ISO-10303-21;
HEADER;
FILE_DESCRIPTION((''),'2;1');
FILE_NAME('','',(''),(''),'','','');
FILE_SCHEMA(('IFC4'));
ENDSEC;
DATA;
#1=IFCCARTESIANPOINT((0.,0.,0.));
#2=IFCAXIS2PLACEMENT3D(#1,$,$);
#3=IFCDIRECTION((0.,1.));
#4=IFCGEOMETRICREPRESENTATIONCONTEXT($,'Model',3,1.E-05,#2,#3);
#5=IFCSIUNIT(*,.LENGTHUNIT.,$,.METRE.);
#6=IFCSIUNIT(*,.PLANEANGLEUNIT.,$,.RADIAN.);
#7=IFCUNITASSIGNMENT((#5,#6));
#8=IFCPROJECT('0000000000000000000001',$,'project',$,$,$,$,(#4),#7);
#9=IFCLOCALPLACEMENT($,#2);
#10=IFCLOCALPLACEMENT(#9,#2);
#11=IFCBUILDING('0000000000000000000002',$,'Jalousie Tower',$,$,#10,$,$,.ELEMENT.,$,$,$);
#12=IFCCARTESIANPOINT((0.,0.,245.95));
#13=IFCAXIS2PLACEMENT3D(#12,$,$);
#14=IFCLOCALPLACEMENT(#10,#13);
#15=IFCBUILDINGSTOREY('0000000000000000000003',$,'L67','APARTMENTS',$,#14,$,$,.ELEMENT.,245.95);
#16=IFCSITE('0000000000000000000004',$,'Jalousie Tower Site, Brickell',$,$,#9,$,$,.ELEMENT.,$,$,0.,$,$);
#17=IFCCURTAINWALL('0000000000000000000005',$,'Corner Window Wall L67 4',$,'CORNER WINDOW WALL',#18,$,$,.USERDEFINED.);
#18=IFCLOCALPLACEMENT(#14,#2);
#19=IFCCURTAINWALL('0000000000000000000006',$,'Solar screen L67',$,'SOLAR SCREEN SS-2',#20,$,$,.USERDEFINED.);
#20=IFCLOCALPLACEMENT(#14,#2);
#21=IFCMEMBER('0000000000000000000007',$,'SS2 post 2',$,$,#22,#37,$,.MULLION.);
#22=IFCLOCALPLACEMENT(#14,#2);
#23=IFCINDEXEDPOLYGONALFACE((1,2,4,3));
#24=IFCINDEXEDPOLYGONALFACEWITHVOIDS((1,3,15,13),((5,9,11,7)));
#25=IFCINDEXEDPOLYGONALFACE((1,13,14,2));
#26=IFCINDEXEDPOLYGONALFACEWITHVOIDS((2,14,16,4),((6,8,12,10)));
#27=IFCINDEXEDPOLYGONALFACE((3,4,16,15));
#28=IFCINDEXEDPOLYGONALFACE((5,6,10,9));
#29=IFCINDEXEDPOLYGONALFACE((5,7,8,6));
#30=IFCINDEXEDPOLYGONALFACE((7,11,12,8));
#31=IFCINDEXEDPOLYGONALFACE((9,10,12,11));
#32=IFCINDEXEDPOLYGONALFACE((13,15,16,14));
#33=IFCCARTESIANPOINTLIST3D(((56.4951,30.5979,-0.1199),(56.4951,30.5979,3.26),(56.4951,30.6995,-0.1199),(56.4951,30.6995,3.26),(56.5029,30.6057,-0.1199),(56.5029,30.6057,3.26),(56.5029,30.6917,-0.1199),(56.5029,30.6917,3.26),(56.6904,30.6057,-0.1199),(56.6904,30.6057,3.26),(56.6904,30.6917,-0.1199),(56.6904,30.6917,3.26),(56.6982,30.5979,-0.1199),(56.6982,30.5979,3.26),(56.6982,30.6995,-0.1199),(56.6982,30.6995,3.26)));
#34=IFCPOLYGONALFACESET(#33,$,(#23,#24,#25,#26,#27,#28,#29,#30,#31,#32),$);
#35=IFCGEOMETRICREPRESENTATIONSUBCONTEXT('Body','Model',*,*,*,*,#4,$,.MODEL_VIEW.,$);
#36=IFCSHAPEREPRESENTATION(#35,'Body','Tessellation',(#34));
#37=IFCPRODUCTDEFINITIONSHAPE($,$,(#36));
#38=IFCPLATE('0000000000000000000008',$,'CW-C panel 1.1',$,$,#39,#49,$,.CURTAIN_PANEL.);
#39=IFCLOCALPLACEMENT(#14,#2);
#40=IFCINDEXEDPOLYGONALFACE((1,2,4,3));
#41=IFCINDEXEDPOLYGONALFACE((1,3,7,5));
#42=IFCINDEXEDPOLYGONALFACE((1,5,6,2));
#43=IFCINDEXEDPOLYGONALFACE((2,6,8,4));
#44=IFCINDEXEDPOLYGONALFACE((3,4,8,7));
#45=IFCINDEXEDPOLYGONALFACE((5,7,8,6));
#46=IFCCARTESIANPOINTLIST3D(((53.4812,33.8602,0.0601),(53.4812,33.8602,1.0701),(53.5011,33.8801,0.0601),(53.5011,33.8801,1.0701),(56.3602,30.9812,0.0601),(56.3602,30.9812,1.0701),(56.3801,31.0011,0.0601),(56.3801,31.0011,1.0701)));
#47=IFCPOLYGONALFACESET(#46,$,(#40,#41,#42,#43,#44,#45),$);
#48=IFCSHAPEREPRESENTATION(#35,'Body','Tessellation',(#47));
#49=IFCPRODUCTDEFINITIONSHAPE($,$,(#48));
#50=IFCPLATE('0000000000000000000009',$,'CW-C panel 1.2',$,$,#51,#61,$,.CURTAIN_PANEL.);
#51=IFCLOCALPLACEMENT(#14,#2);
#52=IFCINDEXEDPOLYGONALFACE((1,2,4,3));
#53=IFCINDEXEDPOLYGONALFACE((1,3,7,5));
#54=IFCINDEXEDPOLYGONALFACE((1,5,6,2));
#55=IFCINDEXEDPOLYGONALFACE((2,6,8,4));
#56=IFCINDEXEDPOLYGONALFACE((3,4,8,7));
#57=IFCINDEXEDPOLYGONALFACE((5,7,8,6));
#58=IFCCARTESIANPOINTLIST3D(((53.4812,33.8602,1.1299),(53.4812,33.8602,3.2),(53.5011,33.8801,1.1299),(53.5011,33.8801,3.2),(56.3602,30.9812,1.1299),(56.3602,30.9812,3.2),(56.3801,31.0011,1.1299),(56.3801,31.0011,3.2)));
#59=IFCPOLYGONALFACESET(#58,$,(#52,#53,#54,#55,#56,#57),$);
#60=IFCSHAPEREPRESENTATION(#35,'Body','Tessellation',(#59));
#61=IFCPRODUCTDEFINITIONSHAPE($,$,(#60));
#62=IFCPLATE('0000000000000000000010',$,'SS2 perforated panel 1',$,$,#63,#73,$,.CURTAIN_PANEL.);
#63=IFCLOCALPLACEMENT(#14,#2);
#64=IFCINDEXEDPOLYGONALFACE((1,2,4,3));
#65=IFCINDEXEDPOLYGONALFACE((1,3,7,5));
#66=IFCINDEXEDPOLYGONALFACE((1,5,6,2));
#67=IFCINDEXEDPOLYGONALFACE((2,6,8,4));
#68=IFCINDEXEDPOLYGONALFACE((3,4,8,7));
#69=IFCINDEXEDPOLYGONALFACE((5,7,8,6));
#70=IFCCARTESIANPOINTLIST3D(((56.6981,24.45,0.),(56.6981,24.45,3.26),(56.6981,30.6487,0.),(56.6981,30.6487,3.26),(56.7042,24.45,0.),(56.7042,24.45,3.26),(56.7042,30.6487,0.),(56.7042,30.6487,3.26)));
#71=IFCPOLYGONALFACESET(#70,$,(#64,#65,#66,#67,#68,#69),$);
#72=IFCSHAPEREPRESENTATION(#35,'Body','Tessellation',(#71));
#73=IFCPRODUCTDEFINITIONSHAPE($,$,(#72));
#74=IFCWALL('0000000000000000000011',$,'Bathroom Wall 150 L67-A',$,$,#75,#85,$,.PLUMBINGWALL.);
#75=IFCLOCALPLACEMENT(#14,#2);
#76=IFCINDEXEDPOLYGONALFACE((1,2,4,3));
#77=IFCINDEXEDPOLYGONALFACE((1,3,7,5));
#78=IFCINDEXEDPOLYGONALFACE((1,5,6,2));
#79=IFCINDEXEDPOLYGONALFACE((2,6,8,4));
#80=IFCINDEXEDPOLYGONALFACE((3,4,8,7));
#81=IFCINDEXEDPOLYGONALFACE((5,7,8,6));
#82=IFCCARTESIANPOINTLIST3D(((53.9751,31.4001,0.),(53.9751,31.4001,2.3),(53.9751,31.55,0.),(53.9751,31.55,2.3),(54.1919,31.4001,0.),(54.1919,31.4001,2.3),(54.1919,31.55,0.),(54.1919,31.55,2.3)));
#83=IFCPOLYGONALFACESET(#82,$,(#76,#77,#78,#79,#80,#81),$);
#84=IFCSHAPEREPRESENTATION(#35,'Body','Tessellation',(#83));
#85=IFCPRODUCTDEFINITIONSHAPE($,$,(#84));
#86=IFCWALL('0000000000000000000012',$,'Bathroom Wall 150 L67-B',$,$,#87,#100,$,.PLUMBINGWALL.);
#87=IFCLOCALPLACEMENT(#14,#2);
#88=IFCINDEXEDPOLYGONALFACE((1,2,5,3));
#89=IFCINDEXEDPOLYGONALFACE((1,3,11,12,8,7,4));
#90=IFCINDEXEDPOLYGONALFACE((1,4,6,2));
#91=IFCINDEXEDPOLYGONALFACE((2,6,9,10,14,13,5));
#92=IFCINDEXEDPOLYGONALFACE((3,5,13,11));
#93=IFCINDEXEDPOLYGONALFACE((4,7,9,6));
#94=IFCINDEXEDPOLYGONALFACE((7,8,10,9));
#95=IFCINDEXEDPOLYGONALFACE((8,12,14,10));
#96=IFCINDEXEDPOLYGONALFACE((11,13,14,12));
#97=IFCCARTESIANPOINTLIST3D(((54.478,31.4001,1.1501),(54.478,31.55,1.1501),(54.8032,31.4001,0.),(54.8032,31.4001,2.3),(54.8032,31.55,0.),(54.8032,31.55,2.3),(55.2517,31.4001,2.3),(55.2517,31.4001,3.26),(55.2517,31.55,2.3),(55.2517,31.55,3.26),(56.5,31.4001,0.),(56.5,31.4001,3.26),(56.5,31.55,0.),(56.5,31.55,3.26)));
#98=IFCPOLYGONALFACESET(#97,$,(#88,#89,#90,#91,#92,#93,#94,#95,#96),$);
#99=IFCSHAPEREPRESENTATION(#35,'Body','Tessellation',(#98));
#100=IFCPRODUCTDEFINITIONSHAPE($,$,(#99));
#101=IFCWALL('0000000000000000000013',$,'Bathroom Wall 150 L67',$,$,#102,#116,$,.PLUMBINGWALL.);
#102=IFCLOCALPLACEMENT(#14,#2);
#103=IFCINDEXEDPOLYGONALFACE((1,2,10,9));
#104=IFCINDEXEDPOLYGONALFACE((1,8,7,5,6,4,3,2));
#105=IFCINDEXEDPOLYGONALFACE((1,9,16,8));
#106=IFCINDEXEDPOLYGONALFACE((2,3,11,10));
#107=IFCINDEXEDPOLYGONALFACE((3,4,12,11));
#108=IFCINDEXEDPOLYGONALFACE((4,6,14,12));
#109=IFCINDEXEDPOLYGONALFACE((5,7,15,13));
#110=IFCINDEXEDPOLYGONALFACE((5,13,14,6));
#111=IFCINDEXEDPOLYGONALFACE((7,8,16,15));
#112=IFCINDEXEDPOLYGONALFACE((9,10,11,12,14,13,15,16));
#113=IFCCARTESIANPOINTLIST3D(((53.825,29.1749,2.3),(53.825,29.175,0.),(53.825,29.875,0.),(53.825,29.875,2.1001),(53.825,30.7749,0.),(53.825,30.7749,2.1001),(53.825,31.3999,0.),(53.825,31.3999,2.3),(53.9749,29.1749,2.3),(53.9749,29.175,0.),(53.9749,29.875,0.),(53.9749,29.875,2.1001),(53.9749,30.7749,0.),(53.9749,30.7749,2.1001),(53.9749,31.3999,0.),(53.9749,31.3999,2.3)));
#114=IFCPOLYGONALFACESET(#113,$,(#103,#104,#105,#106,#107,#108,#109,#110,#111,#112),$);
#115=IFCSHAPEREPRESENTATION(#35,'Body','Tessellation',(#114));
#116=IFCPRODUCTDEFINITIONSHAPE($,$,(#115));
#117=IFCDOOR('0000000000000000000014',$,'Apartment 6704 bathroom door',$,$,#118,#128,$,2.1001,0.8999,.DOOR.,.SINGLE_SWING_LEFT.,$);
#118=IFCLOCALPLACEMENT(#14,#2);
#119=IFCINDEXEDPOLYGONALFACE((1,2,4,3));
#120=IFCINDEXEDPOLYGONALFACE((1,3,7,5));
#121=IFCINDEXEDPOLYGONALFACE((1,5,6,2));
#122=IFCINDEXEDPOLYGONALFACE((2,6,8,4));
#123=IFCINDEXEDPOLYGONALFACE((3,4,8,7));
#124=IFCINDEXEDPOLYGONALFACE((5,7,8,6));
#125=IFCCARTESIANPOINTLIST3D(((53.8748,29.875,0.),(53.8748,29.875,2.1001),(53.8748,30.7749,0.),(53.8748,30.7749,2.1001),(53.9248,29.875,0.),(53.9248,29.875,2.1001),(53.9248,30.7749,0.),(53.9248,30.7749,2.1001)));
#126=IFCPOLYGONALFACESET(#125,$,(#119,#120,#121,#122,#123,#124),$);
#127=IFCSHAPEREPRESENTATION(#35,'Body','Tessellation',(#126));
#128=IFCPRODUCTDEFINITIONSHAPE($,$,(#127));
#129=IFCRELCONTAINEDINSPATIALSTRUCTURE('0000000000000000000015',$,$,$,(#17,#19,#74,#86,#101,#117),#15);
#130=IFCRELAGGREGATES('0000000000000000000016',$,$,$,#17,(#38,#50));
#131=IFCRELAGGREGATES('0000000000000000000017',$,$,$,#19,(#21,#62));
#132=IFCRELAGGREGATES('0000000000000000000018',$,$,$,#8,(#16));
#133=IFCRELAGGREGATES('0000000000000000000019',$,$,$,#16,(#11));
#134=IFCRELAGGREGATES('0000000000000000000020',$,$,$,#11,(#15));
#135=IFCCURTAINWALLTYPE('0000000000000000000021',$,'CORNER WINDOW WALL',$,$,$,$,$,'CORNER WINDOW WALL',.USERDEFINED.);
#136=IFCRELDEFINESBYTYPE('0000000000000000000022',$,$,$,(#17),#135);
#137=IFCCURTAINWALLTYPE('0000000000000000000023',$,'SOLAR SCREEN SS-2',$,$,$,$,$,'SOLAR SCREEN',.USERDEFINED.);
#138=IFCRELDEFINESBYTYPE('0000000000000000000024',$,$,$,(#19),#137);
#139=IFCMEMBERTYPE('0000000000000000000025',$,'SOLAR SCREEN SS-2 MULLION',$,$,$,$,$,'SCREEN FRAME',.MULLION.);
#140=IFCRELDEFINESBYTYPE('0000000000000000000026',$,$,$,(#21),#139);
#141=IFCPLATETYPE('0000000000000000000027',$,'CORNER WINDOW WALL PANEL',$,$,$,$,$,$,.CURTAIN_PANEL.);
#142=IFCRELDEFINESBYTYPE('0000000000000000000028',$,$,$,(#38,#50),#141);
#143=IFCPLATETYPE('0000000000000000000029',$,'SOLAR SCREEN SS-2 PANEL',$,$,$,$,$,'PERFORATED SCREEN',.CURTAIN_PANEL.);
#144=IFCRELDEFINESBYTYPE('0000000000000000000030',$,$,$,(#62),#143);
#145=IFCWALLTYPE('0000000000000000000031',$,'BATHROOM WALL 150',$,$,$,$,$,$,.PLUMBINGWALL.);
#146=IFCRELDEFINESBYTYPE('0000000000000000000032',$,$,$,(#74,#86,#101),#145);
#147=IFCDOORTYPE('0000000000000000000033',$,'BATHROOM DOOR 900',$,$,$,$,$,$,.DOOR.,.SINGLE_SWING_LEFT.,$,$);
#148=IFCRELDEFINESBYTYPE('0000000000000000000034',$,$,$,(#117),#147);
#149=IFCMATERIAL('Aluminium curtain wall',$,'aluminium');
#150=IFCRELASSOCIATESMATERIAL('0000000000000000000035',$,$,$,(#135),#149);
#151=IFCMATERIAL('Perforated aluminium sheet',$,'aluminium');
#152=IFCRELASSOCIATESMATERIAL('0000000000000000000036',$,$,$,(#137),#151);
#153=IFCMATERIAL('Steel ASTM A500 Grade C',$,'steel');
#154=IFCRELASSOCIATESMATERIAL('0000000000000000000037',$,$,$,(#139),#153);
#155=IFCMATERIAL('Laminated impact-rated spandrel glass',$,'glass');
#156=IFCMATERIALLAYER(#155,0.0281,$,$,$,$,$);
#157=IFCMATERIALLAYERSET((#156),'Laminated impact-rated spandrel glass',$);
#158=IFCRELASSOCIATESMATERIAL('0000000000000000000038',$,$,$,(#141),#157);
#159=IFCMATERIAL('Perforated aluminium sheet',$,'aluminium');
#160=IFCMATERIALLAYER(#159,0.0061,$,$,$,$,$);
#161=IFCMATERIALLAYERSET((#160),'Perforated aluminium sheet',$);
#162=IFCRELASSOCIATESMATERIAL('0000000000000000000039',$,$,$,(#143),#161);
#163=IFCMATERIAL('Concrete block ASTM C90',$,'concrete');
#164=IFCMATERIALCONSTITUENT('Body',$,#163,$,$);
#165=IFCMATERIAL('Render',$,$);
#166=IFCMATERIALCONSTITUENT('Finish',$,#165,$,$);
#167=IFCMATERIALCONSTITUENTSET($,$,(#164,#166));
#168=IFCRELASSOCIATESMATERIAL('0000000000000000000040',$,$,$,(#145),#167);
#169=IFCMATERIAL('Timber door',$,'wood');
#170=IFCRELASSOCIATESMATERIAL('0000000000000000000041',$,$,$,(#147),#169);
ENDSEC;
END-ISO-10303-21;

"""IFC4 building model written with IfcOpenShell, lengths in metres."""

from ifc_helpers import new_model, si_unit, direction, frame, frame_2d, origin, origin_2d, place, context, subcontext, project, spatial, polyline, rectangle, hollow_rectangle, outline, extrude, material, layer, layer_set, constituent, constituent_set, material_profile, profile_set, type_object, element, fill, aggregate, save


model = new_model("IFC4")

# Units and contexts
model_context = context("Model", 3, precision=1e-05, world=origin(), true_north=direction((0.0, 1.0)))
body_context = subcontext(model_context, "Body", "Model", "MODEL_VIEW")
ifc_project = project(units=[si_unit("LENGTHUNIT", "METRE"), si_unit("PLANEANGLEUNIT", "RADIAN")], contexts=[model_context])

# Site, building, storey
site_placement = place(None, origin())
site = spatial("IfcSite", under=ifc_project, at=site_placement, Name="Jalousie Tower Site, Brickell", CompositionType="ELEMENT", RefElevation=0.0)
building_placement = place(site_placement, origin())
building = spatial("IfcBuilding", under=site, at=building_placement, Name="Jalousie Tower", CompositionType="ELEMENT")
storey_placement = place(building_placement, frame((0.0, 0.0, 245.95)))
storey = spatial("IfcBuildingStorey", under=building, at=storey_placement, Name="L67", Description="APARTMENTS", CompositionType="ELEMENT", Elevation=245.95)

# Curtain wall
ifc_material_1 = material(Name="Aluminium curtain wall", Category="aluminium")
curtain_wall_type_1 = type_object("IfcCurtainWallType", Name="CORNER WINDOW WALL", ElementType="CORNER WINDOW WALL", PredefinedType="USERDEFINED", material=ifc_material_1)
curtain_wall_1_placement = place(storey_placement, origin())
curtain_wall_1 = element("IfcCurtainWall", 1, at=curtain_wall_1_placement, inside=storey, type_object=curtain_wall_type_1, Name="Corner Window Wall L67 4", ObjectType="CORNER WINDOW WALL", PredefinedType="USERDEFINED")

# Curtain wall, member
ifc_material_2 = material(Name="Perforated aluminium sheet", Category="aluminium")
curtain_wall_type_2 = type_object("IfcCurtainWallType", Name="SOLAR SCREEN SS-2", ElementType="SOLAR SCREEN", PredefinedType="USERDEFINED", material=ifc_material_2)
curtain_wall_2_placement = place(storey_placement, origin())
curtain_wall_2 = element("IfcCurtainWall", 2, at=curtain_wall_2_placement, inside=storey, type_object=curtain_wall_type_2, Name="Solar screen L67", ObjectType="SOLAR SCREEN SS-2", PredefinedType="USERDEFINED")
ifc_material_3 = material(Name="Steel ASTM A500 Grade C", Category="steel")
ifc_material_profile_1 = material_profile(ifc_material_3, hollow_rectangle(XDim=0.1016, YDim=0.2031, WallThickness=0.0078, at=origin_2d()), Name="HSS8X4X5/16")
ifc_profile_set_1 = profile_set([ifc_material_profile_1], Name="Steel ASTM A500 Grade C")
member_type_1 = type_object("IfcMemberType", Name="SOLAR SCREEN SS-2 MULLION", ElementType="SCREEN FRAME", PredefinedType="MULLION", material=ifc_profile_set_1)
member_1_placement = place(storey_placement, frame((56.5967, 30.6487, -0.1199), z_axis=(0.0, 0.0, 1.0), x_axis=(0.0, 1.0, 0.0)))
member_1 = element("IfcMember", 3, at=member_1_placement, type_object=member_type_1, Name="SS2 post 2", PredefinedType="MULLION", context=body_context, shape_type="SweptSolid", body=[
    extrude(hollow_rectangle(XDim=0.1016, YDim=0.2031, WallThickness=0.0078, at=origin_2d()), origin(), (0.0, 0.0, 1.0), 3.3799),
])

# Plates
ifc_material_4 = material(Name="Laminated impact-rated spandrel glass", Category="glass")
ifc_layer_1 = layer(ifc_material_4, 0.0281)
ifc_layer_set_1 = layer_set([ifc_layer_1], Name="Laminated impact-rated spandrel glass")
plate_type_1 = type_object("IfcPlateType", Name="CORNER WINDOW WALL PANEL", PredefinedType="CURTAIN_PANEL", material=ifc_layer_set_1)
plate_1_placement = place(storey_placement, frame((54.9307, 32.4307, 0.0601), z_axis=(0.0, 0.0, 1.0), x_axis=(-0.707107, 0.707107, 0.0)))
plate_1 = element("IfcPlate", 4, at=plate_1_placement, type_object=plate_type_1, Name="CW-C panel 1.1", PredefinedType="CURTAIN_PANEL", context=body_context, shape_type="SweptSolid", body=[
    extrude(rectangle(XDim=4.0715, YDim=0.0281, at=origin_2d()), origin(), (0.0, 0.0, 1.0), 1.01),
])
plate_2_placement = place(storey_placement, frame((54.9307, 32.4307, 1.1299), z_axis=(0.0, 0.0, 1.0), x_axis=(-0.707107, 0.707107, 0.0)))
plate_2 = element("IfcPlate", 5, at=plate_2_placement, type_object=plate_type_1, Name="CW-C panel 1.2", PredefinedType="CURTAIN_PANEL", context=body_context, shape_type="SweptSolid", body=[
    extrude(rectangle(XDim=4.0715, YDim=0.0281, at=origin_2d()), origin(), (0.0, 0.0, 1.0), 2.0701),
])
aggregate(curtain_wall_1, [plate_1, plate_2])
ifc_material_5 = material(Name="Perforated aluminium sheet", Category="aluminium")
ifc_layer_2 = layer(ifc_material_5, 0.0061)
ifc_layer_set_2 = layer_set([ifc_layer_2], Name="Perforated aluminium sheet")
plate_type_2 = type_object("IfcPlateType", Name="SOLAR SCREEN SS-2 PANEL", ElementType="PERFORATED SCREEN", PredefinedType="CURTAIN_PANEL", material=ifc_layer_set_2)
plate_3_placement = place(storey_placement, frame((56.7012, 27.5493, 0.0), z_axis=(0.0, 0.0, 1.0), x_axis=(0.0, 1.0, 0.0)))
plate_3 = element("IfcPlate", 6, at=plate_3_placement, type_object=plate_type_2, Name="SS2 perforated panel 1", PredefinedType="CURTAIN_PANEL", context=body_context, shape_type="SweptSolid", body=[
    extrude(rectangle(XDim=6.1987, YDim=0.0061, at=origin_2d()), origin(), (0.0, 0.0, 1.0), 3.26),
])
aggregate(curtain_wall_2, [member_1, plate_3])

# Walls
ifc_material_6 = material(Name="Concrete block ASTM C90", Category="concrete")
ifc_constituent_1 = constituent(ifc_material_6, Name="Body")
ifc_material_7 = material(Name="Render")
ifc_constituent_2 = constituent(ifc_material_7, Name="Finish")
ifc_constituent_set_1 = constituent_set(constituents=[ifc_constituent_1, ifc_constituent_2])
wall_type_1 = type_object("IfcWallType", Name="BATHROOM WALL 150", PredefinedType="PLUMBINGWALL", material=ifc_constituent_set_1)
wall_1_placement = place(storey_placement, frame((53.9751, 31.4751, 0.0), z_axis=(0.0, 0.0, 1.0), x_axis=(1.0, 0.0, 0.0)))
element("IfcWall", 7, at=wall_1_placement, inside=storey, type_object=wall_type_1, Name="Bathroom Wall 150 L67-A", PredefinedType="PLUMBINGWALL", context=body_context, shape_type="SweptSolid", body=[
    extrude(rectangle(XDim=0.2168, YDim=0.1499, at=frame_2d((0.1084, 0.0))), origin(), (0.0, 0.0, 1.0), 2.3),
])
wall_2_placement = place(storey_placement, frame((54.478, 31.4751, 0.0), z_axis=(0.0, 0.0, 1.0), x_axis=(1.0, 0.0, 0.0)))
element("IfcWall", 8, at=wall_2_placement, inside=storey, type_object=wall_type_1, Name="Bathroom Wall 150 L67-B", PredefinedType="PLUMBINGWALL", context=body_context, shape_type="SweptSolid", body=[
    extrude(outline(polyline([(0.7737, 3.26), (0.7737, 2.3), (0.3252, 2.3), (0.0, 1.1501), (0.3252, 0.0), (2.022, 0.0), (2.022, 3.26), (0.7737, 3.26)])), frame((0.0, 0.075, 0.0), z_axis=(0.0, -1.0, 0.0), x_axis=(1.0, 0.0, 0.0)), (0.0, 0.0, 1.0), 0.1499),
])

# Wall, opening, door
wall_3_placement = place(storey_placement, frame((53.8999, 31.3999, 0.0), z_axis=(0.0, 0.0, 1.0), x_axis=(0.0, -1.0, 0.0)))
wall_3 = element("IfcWall", 9, at=wall_3_placement, inside=storey, type_object=wall_type_1, Name="Bathroom Wall 150 L67", PredefinedType="PLUMBINGWALL", context=body_context, shape_type="SweptSolid", body=[
    extrude(outline(polyline([(0.0, 0.0), (2.2249, 0.0), (2.2251, 3.26), (2.2251, 2.3), (0.438, 2.3), (0.0, 2.3), (0.0, 3.26), (0.0, 0.0)])), frame((0.0, 0.075, 0.0), z_axis=(0.0, -1.0, 0.0), x_axis=(1.0, 0.0, 0.0)), (0.0, 0.0, 1.0), 0.1499),
])
opening_1_placement = place(wall_3_placement, frame((0.625, 0.0, 0.0)))
opening_1 = element("IfcOpeningElement", 10, at=opening_1_placement, cuts=wall_3, PredefinedType="OPENING", context=body_context, shape_type="SweptSolid", body=[
    extrude(rectangle(XDim=0.8999, YDim=2.1001, at=frame_2d((0.45, 1.05))), frame((0.0, 0.085, 0.0), z_axis=(0.0, -1.0, 0.0), x_axis=(1.0, 0.0, 0.0)), (0.0, 0.0, 1.0), 0.1699),
])
ifc_material_8 = material(Name="Timber door", Category="wood")
door_type_1 = type_object("IfcDoorType", Name="BATHROOM DOOR 900", OperationType="SINGLE_SWING_LEFT", PredefinedType="DOOR", material=ifc_material_8)
door_1_placement = place(opening_1_placement, origin())
door_1 = element("IfcDoor", 11, at=door_1_placement, inside=storey, type_object=door_type_1, Name="Apartment 6704 bathroom door", OperationType="SINGLE_SWING_LEFT", OverallHeight=2.1001, OverallWidth=0.8999, PredefinedType="DOOR", context=body_context, shape_type="SweptSolid", body=[
    extrude(rectangle(XDim=0.8999, YDim=2.1001, at=frame_2d((0.45, 1.05))), frame((0.0, 0.0249, 0.0), z_axis=(0.0, -1.0, 0.0), x_axis=(1.0, 0.0, 0.0)), (0.0, 0.0, 1.0), 0.05),
])
fill(opening_1, door_1)

save(model, "model.ifc")
